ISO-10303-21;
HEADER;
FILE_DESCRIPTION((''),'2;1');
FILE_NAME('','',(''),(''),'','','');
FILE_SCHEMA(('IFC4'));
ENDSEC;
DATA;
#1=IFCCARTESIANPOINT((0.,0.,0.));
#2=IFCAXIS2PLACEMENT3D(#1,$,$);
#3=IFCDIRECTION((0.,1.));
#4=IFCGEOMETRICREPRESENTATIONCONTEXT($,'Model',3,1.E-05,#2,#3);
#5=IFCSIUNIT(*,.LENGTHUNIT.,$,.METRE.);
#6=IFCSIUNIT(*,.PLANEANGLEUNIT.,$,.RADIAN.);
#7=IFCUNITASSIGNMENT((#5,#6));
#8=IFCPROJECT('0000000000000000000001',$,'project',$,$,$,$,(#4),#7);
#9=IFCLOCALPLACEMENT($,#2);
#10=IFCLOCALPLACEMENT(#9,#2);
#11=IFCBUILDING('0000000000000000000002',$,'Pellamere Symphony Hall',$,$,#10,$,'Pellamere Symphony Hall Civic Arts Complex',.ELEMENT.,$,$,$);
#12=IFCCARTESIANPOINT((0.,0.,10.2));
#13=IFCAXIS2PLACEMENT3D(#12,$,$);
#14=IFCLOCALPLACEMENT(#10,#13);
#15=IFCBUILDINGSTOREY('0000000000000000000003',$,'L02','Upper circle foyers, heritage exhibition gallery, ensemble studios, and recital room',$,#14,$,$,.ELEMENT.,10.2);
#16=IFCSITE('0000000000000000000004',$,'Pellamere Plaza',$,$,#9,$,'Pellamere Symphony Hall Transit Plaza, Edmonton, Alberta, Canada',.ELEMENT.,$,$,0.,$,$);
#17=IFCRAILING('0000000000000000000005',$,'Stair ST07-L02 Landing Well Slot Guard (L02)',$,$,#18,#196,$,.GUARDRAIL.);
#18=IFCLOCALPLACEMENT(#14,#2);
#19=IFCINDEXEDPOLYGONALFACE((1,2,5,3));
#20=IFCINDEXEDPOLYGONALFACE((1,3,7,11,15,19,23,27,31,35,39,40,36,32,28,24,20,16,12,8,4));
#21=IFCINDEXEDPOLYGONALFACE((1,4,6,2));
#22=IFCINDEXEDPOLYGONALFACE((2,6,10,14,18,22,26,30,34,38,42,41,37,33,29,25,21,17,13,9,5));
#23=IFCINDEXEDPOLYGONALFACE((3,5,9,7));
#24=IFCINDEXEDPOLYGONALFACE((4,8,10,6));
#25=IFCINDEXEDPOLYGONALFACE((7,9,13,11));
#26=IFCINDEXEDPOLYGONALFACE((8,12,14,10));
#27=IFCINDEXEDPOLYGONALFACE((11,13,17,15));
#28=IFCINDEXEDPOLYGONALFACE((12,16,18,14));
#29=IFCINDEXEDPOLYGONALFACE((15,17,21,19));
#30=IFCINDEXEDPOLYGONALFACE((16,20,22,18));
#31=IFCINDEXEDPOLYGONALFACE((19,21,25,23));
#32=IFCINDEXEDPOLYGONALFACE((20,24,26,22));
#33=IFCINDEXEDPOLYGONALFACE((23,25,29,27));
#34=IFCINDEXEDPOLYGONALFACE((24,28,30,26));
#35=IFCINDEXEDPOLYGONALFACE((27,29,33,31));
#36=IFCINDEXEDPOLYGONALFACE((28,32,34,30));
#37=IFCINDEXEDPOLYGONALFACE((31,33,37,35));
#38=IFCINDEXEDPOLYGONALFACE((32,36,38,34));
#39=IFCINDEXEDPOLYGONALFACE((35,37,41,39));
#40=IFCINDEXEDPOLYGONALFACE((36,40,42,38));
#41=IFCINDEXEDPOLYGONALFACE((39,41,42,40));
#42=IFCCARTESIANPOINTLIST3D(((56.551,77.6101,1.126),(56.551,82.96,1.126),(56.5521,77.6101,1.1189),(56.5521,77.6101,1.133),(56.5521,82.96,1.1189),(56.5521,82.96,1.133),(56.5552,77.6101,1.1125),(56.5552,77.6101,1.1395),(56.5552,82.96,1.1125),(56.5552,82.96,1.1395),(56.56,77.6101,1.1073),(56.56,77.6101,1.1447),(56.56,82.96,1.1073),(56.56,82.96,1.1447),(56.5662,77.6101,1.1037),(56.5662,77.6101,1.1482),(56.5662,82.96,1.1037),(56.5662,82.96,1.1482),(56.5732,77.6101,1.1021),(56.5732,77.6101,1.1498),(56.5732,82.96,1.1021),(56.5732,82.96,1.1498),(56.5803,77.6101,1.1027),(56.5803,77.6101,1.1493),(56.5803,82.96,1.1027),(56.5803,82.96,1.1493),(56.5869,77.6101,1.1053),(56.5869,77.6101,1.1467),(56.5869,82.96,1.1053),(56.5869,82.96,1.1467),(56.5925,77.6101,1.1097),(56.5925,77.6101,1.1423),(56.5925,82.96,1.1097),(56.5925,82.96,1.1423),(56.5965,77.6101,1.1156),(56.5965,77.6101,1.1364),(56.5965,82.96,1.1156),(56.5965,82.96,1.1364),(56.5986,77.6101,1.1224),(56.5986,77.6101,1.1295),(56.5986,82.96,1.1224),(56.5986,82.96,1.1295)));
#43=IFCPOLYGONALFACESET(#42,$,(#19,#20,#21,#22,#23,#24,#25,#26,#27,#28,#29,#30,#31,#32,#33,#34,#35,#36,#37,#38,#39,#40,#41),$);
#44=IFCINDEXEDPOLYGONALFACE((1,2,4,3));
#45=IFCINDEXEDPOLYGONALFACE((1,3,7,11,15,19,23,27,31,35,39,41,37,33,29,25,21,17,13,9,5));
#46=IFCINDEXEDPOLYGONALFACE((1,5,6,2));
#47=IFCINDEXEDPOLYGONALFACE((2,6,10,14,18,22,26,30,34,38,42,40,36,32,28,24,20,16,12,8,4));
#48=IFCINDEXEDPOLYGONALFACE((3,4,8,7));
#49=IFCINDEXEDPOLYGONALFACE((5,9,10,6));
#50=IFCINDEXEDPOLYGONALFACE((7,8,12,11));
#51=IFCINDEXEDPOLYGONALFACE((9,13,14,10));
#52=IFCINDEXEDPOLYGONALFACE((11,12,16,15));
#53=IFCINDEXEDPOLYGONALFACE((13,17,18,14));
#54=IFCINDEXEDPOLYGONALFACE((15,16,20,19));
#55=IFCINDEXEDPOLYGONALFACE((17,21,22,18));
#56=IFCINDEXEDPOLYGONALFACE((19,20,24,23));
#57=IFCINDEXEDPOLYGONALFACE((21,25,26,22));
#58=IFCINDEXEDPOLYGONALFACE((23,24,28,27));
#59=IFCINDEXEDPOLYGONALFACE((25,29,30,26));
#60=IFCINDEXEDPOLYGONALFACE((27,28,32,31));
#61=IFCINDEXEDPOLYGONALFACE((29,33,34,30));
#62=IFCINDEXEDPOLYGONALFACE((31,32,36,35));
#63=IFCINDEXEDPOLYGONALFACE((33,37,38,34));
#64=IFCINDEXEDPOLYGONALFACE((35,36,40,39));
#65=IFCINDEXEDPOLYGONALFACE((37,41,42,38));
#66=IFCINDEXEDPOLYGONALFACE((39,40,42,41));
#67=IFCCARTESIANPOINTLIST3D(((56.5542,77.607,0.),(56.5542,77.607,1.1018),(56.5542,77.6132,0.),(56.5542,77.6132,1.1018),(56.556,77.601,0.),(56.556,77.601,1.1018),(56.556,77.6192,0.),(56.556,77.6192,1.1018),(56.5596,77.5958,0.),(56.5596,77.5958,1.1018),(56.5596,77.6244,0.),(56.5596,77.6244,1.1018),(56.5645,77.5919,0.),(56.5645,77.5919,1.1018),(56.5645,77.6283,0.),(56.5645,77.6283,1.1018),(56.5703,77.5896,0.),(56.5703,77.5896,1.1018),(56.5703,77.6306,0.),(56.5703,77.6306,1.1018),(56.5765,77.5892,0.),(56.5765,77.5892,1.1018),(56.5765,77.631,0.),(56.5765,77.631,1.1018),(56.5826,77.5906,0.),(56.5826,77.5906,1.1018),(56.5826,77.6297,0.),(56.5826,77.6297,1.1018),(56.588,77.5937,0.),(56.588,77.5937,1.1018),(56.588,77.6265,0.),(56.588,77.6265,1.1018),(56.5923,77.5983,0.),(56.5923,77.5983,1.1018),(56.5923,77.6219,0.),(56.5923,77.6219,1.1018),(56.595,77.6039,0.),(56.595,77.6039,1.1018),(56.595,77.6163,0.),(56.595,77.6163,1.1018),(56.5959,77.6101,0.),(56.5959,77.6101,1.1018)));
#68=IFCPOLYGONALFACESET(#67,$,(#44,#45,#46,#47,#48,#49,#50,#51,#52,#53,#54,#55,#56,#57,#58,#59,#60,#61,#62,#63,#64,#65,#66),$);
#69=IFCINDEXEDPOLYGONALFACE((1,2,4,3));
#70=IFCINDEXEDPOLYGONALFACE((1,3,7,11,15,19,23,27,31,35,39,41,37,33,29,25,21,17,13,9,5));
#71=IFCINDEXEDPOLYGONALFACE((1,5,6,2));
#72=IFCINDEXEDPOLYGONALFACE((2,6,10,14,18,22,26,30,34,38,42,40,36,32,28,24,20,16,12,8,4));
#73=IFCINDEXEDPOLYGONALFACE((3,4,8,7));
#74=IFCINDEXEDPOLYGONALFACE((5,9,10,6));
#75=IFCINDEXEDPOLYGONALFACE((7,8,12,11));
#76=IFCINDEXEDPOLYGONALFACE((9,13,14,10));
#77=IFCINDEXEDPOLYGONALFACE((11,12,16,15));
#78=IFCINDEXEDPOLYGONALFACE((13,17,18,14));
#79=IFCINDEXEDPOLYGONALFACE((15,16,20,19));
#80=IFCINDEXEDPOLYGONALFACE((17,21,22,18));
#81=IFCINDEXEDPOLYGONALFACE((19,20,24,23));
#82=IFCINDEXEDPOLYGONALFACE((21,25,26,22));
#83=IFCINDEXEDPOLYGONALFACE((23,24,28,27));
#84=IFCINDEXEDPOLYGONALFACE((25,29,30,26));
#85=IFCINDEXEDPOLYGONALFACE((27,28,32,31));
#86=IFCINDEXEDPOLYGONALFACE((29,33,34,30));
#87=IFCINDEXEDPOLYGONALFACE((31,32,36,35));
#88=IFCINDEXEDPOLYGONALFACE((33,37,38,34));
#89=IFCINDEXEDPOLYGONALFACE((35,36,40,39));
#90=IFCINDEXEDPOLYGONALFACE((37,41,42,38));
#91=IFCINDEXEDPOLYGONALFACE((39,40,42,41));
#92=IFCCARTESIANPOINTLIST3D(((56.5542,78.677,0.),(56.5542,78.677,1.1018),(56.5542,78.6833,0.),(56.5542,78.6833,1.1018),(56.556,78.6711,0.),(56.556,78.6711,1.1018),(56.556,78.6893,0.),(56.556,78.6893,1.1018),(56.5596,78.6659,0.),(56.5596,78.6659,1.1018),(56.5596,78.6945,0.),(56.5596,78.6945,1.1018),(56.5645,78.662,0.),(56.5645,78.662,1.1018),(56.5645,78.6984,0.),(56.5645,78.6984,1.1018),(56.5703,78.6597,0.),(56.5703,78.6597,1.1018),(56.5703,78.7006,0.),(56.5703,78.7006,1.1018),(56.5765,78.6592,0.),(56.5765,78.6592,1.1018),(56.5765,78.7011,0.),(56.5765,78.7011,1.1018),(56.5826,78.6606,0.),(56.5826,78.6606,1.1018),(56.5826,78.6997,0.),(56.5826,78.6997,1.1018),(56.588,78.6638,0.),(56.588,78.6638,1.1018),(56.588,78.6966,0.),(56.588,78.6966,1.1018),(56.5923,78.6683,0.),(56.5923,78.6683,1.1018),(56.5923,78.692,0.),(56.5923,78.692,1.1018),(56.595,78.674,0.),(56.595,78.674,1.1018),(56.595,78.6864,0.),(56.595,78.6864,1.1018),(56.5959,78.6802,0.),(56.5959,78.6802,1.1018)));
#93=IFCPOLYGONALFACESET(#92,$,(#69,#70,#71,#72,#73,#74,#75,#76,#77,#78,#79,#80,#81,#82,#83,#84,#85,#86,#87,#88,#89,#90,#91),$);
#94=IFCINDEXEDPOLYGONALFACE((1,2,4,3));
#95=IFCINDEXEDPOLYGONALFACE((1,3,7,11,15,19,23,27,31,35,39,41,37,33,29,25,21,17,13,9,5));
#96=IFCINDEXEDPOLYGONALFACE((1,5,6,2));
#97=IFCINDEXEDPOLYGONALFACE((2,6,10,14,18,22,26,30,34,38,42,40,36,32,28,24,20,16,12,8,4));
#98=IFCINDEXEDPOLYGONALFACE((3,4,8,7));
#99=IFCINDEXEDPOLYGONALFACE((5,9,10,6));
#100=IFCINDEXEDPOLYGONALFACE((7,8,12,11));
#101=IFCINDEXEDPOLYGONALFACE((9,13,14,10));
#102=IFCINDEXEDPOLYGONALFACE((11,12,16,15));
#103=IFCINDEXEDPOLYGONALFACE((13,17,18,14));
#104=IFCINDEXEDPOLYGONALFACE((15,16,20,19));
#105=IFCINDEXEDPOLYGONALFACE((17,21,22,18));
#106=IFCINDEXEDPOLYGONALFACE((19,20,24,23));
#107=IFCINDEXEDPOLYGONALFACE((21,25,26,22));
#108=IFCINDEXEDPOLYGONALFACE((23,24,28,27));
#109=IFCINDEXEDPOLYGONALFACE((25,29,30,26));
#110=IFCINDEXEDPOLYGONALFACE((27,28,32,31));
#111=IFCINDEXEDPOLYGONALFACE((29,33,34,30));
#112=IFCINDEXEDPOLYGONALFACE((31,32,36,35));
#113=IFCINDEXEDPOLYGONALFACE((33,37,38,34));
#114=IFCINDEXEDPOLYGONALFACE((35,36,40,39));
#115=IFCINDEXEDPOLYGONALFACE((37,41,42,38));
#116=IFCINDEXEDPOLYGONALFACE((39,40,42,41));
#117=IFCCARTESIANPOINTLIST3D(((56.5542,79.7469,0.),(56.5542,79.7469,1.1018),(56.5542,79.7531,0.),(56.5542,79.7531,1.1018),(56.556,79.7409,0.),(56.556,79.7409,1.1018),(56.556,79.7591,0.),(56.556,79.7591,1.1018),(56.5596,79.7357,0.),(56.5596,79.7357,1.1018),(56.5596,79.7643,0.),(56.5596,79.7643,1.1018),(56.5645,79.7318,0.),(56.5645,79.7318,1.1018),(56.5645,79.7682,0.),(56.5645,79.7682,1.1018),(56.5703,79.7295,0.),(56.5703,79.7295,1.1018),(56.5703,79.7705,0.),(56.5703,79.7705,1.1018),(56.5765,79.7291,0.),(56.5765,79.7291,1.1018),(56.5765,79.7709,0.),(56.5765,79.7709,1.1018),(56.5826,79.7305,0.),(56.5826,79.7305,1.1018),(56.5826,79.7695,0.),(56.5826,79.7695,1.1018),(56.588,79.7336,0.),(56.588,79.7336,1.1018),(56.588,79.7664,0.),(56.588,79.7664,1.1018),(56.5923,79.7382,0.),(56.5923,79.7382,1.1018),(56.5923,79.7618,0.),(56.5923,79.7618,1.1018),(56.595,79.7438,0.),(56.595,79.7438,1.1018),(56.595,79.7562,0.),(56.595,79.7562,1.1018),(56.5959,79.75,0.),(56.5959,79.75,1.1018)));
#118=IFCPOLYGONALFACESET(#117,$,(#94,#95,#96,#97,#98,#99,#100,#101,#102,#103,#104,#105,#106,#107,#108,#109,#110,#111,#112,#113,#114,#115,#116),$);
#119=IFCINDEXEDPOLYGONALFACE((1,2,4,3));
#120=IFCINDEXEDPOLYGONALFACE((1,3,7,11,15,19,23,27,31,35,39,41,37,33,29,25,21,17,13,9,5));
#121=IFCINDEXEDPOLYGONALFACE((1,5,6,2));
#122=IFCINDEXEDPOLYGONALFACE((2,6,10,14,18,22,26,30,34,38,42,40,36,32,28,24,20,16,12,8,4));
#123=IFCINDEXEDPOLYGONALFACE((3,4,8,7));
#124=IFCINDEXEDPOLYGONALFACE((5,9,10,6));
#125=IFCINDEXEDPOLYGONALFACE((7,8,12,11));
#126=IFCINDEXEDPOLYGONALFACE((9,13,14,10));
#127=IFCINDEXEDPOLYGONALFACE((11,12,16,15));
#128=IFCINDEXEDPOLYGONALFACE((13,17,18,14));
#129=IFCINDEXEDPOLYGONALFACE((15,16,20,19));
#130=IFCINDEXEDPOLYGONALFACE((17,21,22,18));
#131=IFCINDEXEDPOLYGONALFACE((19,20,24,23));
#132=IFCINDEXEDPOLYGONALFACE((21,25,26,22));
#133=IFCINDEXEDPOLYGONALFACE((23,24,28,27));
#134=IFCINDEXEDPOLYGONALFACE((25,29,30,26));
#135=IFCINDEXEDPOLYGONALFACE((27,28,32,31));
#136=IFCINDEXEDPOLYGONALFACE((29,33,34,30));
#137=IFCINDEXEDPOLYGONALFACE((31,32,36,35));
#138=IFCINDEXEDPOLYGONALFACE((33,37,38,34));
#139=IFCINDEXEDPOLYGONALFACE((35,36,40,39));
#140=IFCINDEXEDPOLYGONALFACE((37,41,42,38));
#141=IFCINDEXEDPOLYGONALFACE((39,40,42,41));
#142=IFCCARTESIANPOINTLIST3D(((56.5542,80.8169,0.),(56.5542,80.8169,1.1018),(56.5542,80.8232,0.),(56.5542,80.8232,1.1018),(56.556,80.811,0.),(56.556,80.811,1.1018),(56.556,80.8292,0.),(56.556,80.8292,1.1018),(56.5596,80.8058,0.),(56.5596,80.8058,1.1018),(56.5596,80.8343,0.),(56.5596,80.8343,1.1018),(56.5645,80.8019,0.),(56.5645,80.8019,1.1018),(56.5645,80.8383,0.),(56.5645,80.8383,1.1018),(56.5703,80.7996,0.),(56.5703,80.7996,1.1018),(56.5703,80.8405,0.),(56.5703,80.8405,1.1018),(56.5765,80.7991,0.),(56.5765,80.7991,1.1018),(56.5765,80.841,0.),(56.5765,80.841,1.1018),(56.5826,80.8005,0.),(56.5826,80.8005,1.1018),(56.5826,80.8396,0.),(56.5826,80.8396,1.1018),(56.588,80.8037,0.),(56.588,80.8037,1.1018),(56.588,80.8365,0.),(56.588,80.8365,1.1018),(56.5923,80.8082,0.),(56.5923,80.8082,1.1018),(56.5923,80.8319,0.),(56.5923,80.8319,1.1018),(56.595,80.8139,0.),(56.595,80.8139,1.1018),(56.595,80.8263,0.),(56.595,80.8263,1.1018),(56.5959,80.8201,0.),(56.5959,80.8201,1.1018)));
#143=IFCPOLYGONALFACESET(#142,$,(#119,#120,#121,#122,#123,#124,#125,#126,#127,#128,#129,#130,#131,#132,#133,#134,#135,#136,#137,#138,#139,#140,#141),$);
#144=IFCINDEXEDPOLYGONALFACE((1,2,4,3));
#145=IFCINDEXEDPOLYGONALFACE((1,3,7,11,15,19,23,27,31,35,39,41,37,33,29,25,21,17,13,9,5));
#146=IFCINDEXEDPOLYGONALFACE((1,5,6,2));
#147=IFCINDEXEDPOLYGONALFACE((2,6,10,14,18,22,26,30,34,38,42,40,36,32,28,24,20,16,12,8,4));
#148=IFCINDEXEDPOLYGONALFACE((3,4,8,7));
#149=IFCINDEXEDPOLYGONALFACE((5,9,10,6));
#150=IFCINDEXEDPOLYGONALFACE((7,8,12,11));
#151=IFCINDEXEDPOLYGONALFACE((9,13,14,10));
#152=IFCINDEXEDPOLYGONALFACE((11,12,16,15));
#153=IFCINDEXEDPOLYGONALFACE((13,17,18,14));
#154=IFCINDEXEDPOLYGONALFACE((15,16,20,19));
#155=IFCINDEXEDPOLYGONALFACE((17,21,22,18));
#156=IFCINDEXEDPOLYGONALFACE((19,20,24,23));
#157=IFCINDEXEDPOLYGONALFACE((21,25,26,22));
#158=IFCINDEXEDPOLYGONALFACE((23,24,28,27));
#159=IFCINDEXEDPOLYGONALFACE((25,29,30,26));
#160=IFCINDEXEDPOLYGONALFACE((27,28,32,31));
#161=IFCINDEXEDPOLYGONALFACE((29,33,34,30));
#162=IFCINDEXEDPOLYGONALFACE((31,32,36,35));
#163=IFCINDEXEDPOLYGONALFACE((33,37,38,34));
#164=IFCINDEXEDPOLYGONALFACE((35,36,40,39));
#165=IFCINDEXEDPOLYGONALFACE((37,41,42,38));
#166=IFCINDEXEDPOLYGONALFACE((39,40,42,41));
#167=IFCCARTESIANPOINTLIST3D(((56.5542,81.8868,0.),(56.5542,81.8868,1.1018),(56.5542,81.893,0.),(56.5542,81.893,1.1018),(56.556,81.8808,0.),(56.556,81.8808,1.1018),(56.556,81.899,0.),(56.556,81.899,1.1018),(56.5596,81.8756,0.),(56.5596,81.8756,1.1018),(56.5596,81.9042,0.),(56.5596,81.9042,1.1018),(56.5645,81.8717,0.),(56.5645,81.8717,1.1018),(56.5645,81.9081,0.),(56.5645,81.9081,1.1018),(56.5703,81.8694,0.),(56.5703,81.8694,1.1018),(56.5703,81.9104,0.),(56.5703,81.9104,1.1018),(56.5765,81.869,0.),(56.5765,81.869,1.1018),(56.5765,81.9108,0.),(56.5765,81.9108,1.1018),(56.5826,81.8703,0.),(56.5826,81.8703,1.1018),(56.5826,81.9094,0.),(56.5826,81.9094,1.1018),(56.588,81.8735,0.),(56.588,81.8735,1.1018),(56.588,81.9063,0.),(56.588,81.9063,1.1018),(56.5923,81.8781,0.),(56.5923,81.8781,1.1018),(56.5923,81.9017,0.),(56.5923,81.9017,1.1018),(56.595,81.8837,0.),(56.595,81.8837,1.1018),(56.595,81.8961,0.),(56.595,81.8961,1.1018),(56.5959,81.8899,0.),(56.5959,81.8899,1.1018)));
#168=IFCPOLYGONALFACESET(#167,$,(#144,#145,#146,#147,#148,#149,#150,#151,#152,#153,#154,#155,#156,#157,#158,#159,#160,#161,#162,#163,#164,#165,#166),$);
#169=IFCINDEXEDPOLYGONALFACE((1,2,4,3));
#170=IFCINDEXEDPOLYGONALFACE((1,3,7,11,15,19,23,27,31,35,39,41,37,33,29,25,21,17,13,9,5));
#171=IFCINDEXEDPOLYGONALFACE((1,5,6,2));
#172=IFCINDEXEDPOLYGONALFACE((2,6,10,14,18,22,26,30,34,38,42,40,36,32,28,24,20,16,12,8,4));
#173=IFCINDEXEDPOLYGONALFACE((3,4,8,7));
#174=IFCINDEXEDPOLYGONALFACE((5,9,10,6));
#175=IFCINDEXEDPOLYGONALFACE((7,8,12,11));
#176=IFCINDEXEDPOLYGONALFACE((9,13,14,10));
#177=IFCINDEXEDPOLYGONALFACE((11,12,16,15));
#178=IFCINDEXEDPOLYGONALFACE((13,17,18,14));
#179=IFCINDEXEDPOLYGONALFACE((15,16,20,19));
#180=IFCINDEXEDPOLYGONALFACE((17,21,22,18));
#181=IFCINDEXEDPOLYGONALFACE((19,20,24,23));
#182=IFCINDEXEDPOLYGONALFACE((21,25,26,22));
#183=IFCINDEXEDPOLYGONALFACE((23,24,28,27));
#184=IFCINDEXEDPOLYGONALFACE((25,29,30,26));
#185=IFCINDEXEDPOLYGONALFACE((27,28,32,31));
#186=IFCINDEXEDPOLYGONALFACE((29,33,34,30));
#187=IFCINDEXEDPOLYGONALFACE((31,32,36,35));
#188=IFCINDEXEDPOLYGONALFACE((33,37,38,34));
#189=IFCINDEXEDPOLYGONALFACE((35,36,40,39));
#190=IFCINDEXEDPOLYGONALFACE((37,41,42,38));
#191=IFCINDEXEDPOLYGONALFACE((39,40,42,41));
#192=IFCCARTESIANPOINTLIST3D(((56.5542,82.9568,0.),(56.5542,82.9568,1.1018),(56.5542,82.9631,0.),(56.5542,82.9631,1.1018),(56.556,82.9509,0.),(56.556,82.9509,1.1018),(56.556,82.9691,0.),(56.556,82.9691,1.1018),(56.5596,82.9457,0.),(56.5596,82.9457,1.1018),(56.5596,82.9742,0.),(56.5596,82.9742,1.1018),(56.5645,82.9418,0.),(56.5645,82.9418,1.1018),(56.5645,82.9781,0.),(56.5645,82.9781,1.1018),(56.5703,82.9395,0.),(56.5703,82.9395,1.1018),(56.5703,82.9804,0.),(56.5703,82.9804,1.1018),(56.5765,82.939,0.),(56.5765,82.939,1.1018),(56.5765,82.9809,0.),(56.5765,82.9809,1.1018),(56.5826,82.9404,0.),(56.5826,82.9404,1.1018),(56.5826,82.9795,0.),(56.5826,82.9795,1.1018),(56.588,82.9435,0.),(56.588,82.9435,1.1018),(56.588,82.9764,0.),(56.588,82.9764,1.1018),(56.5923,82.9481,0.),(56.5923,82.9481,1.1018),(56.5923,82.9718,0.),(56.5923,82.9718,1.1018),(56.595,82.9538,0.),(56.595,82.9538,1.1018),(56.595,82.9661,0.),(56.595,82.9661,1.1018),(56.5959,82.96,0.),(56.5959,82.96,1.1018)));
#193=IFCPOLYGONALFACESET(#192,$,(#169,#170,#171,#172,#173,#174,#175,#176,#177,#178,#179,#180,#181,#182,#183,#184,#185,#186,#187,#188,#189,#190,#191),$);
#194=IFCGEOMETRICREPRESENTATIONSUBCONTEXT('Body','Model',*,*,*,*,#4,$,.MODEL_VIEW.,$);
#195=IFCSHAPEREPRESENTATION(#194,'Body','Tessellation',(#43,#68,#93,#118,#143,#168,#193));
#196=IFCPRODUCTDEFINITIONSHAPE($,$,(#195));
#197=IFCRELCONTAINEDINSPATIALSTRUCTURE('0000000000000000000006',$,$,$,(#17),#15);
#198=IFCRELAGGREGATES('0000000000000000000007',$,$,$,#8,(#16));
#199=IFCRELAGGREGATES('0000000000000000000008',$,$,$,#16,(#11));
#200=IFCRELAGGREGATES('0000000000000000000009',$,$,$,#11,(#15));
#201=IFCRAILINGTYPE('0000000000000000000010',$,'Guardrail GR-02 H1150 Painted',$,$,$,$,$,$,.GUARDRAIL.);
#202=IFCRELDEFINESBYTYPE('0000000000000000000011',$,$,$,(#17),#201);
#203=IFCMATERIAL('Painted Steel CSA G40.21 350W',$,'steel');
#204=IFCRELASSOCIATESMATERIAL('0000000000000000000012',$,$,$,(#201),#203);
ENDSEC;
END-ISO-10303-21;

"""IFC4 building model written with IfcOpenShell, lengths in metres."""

from ifc_helpers import new_model, si_unit, direction, frame, origin, origin_2d, place, context, subcontext, project, spatial, circle, extrude, material, type_object, element, save


model = new_model("IFC4")

# Units and contexts
model_context = context("Model", 3, precision=1e-05, world=origin(), true_north=direction((0.0, 1.0)))
body_context = subcontext(model_context, "Body", "Model", "MODEL_VIEW")
ifc_project = project(units=[si_unit("LENGTHUNIT", "METRE"), si_unit("PLANEANGLEUNIT", "RADIAN")], contexts=[model_context])

# Site, building, storey
site_placement = place(None, origin())
site = spatial("IfcSite", under=ifc_project, at=site_placement, Name="Pellamere Plaza", LongName="Pellamere Symphony Hall Transit Plaza, Edmonton, Alberta, Canada", CompositionType="ELEMENT", RefElevation=0.0)
building_placement = place(site_placement, origin())
building = spatial("IfcBuilding", under=site, at=building_placement, Name="Pellamere Symphony Hall", LongName="Pellamere Symphony Hall Civic Arts Complex", CompositionType="ELEMENT")
storey_placement = place(building_placement, frame((0.0, 0.0, 10.2)))
storey = spatial("IfcBuildingStorey", under=building, at=storey_placement, Name="L02", Description="Upper circle foyers, heritage exhibition gallery, ensemble studios, and recital room", CompositionType="ELEMENT", Elevation=10.2)

# Railing
ifc_material_1 = material(Name="Painted Steel CSA G40.21 350W", Category="steel")
railing_type_1 = type_object("IfcRailingType", Name="Guardrail GR-02 H1150 Painted", PredefinedType="GUARDRAIL", material=ifc_material_1)
railing_1_placement = place(storey_placement, frame((56.575, 77.6101, 0.0)))
element("IfcRailing", 1, at=railing_1_placement, inside=storey, type_object=railing_type_1, Name="Stair ST07-L02 Landing Well Slot Guard (L02)", PredefinedType="GUARDRAIL", context=body_context, shape_type="SweptSolid", body=[
    extrude(circle(Radius=0.0239, at=origin_2d()), frame((0.0, 0.0, 1.126), z_axis=(0.0, 1.0, 0.0), x_axis=(-1.0, 0.0, 0.0)), (0.0, 0.0, 1.0), 5.3499),
    extrude(circle(Radius=0.021, at=origin_2d()), origin(), (0.0, 0.0, 1.0), 1.1018),
    extrude(circle(Radius=0.021, at=origin_2d()), frame((0.0, 1.0701, 0.0)), (0.0, 0.0, 1.0), 1.1018),
    extrude(circle(Radius=0.021, at=origin_2d()), frame((0.0, 2.1399, 0.0)), (0.0, 0.0, 1.0), 1.1018),
    extrude(circle(Radius=0.021, at=origin_2d()), frame((0.0, 3.21, 0.0)), (0.0, 0.0, 1.0), 1.1018),
    extrude(circle(Radius=0.021, at=origin_2d()), frame((0.0, 4.2798, 0.0)), (0.0, 0.0, 1.0), 1.1018),
    extrude(circle(Radius=0.021, at=origin_2d()), frame((0.0, 5.3499, 0.0)), (0.0, 0.0, 1.0), 1.1018),
])

save(model, "model.ifc")
